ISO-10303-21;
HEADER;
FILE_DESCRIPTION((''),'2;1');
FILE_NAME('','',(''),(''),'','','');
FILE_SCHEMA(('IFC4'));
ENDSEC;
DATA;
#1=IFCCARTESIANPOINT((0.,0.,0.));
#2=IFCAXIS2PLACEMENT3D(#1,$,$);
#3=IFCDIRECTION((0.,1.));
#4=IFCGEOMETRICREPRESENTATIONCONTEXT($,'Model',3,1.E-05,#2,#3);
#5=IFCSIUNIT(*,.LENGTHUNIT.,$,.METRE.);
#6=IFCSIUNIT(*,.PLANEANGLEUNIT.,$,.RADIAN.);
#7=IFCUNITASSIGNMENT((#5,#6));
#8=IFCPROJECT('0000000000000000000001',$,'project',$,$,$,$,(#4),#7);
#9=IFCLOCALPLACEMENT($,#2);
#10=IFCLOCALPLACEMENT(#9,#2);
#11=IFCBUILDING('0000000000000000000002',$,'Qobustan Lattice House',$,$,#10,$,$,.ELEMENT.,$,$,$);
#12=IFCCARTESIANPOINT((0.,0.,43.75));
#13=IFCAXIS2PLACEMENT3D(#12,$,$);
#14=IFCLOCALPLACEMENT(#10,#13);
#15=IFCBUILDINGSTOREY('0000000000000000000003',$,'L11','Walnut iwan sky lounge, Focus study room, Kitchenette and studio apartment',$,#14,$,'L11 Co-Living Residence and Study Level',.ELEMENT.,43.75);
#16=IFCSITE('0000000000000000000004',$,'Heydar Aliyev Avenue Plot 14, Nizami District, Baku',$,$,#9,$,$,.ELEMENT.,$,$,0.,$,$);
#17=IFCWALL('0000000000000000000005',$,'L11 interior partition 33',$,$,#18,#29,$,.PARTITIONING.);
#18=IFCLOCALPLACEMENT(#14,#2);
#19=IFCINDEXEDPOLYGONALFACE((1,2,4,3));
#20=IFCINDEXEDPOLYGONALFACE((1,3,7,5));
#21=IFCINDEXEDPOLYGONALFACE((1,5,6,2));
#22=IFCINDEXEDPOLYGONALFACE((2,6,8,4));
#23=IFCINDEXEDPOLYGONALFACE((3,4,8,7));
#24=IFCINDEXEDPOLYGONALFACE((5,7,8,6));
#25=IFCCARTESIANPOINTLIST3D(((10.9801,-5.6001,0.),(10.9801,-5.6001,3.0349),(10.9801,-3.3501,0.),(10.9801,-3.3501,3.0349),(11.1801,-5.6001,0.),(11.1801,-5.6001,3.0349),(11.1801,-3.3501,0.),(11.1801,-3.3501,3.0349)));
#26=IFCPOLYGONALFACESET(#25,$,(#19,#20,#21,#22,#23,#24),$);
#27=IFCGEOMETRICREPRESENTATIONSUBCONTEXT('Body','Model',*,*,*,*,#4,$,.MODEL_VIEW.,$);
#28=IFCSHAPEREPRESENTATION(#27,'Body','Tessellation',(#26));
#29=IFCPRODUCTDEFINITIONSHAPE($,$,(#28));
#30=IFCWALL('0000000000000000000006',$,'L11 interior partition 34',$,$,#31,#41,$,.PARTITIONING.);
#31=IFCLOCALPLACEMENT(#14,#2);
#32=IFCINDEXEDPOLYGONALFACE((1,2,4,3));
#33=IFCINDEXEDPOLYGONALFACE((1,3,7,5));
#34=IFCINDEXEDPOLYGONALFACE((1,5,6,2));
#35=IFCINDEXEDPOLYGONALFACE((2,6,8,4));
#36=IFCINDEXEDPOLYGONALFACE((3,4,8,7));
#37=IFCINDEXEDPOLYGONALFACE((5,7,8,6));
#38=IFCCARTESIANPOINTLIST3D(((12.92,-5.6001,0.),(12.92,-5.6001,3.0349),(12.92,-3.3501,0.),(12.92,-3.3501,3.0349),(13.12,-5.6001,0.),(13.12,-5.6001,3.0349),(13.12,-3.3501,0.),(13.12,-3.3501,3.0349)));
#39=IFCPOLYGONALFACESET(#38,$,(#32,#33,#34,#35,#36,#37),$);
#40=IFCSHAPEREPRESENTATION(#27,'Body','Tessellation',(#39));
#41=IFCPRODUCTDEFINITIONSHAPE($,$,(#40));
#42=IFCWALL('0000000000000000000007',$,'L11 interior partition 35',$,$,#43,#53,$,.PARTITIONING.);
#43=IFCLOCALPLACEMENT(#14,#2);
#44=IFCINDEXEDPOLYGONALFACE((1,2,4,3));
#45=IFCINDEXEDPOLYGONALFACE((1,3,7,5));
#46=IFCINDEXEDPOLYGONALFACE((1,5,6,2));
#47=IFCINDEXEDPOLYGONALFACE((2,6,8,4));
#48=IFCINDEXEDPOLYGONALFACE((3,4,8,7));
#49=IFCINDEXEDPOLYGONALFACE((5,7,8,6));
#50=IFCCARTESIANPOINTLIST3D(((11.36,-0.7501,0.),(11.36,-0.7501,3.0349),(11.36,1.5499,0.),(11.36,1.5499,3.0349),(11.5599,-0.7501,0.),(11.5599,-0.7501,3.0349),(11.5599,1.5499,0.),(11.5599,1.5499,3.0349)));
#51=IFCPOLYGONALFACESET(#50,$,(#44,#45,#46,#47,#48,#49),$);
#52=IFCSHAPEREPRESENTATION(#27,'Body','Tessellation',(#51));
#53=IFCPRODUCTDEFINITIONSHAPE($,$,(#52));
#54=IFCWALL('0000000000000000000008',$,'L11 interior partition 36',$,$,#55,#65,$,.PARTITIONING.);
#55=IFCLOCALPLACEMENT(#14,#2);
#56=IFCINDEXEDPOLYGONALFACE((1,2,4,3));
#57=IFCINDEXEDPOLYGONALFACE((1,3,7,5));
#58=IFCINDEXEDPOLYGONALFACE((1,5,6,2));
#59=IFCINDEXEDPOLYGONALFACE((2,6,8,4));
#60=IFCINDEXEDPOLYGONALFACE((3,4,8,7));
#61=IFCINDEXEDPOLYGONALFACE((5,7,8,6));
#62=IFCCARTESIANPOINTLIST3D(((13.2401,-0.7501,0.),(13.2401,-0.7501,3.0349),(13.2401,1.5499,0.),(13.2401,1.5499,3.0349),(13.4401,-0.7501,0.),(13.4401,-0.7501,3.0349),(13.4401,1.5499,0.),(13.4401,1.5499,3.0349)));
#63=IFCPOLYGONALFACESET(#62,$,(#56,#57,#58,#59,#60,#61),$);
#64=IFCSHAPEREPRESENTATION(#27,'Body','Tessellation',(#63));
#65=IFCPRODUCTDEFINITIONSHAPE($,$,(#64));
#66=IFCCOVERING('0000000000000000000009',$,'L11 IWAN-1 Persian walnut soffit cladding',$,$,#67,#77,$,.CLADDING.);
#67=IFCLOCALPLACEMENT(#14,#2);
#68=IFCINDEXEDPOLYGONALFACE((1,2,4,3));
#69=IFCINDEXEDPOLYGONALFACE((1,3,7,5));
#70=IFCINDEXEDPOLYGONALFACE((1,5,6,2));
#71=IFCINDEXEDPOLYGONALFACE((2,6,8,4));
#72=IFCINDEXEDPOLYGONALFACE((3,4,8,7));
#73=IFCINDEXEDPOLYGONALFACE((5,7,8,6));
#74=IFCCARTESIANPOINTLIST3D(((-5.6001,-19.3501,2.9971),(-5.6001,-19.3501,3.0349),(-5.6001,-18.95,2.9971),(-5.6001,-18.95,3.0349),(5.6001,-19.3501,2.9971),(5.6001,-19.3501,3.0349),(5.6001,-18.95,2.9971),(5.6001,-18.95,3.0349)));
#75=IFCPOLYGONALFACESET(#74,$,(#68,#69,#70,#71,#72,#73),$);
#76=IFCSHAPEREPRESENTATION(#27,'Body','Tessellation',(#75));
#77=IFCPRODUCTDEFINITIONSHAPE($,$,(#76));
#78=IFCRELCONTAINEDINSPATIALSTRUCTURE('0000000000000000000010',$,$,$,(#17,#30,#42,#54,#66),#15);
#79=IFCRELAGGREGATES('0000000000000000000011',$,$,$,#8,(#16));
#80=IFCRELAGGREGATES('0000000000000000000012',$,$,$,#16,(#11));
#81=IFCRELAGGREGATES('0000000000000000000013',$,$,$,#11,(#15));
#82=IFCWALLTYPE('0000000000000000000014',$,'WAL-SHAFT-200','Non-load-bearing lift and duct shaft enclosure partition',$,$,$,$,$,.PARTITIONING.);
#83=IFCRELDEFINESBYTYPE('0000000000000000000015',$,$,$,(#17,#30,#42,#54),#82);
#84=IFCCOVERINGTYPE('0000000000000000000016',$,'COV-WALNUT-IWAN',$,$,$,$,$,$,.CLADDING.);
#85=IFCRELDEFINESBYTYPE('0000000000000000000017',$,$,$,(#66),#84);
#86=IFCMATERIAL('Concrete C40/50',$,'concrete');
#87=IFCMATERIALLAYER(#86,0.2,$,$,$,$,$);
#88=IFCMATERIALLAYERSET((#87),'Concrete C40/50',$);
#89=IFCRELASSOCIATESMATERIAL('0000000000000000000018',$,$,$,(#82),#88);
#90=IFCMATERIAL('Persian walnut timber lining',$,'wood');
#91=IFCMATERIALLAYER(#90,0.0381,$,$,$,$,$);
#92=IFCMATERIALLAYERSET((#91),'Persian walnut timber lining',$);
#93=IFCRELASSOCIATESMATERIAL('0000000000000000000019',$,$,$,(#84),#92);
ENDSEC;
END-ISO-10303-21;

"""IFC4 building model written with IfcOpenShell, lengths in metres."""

from ifc_helpers import new_model, si_unit, direction, frame, frame_2d, origin, place, context, subcontext, project, spatial, polyline, rectangle, outline, extrude, material, layer, layer_set, type_object, element, save


model = new_model("IFC4")

# Units and contexts
model_context = context("Model", 3, precision=1e-05, world=origin(), true_north=direction((0.0, 1.0)))
body_context = subcontext(model_context, "Body", "Model", "MODEL_VIEW")
ifc_project = project(units=[si_unit("LENGTHUNIT", "METRE"), si_unit("PLANEANGLEUNIT", "RADIAN")], contexts=[model_context])

# Site, building, storey
site_placement = place(None, origin())
site = spatial("IfcSite", under=ifc_project, at=site_placement, Name="Heydar Aliyev Avenue Plot 14, Nizami District, Baku", CompositionType="ELEMENT", RefElevation=0.0)
building_placement = place(site_placement, origin())
building = spatial("IfcBuilding", under=site, at=building_placement, Name="Qobustan Lattice House", CompositionType="ELEMENT")
storey_placement = place(building_placement, frame((0.0, 0.0, 43.75)))
storey = spatial("IfcBuildingStorey", under=building, at=storey_placement, Name="L11", Description="Walnut iwan sky lounge, Focus study room, Kitchenette and studio apartment", LongName="L11 Co-Living Residence and Study Level", CompositionType="ELEMENT", Elevation=43.75)

# Walls
ifc_material_1 = material(Name="Concrete C40/50", Category="concrete")
ifc_layer_1 = layer(ifc_material_1, 0.2)
ifc_layer_set_1 = layer_set([ifc_layer_1], Name="Concrete C40/50")
wall_type_1 = type_object("IfcWallType", Name="WAL-SHAFT-200", Description="Non-load-bearing lift and duct shaft enclosure partition", PredefinedType="PARTITIONING", material=ifc_layer_set_1)
for number, where, z_axis, x_axis, name in (
    (1, (11.0801, -5.6001, 0.0), (0.0, 0.0, 1.0), (0.0, 1.0, 0.0), "L11 interior partition 33"),
    (2, (13.02, -5.6001, 0.0), (0.0, 0.0, 1.0), (0.0, 1.0, 0.0), "L11 interior partition 34"),
):
    element("IfcWall", number, at=place(storey_placement, frame(where, z_axis=z_axis, x_axis=x_axis)), inside=storey, type_object=wall_type_1, Name=name, PredefinedType="PARTITIONING", context=body_context, shape_type="SweptSolid", body=[
        extrude(rectangle(XDim=2.25, YDim=0.2, at=frame_2d((1.125, 0.0))), origin(), (0.0, 0.0, 1.0), 3.0349),
    ])
for number, where, z_axis, x_axis, name in (
    (3, (11.46, -0.75, 0.0), (0.0, 0.0, 1.0), (0.0, 1.0, 0.0), "L11 interior partition 35"),
    (4, (13.3401, -0.75, 0.0), (0.0, 0.0, 1.0), (0.0, 1.0, 0.0), "L11 interior partition 36"),
):
    element("IfcWall", number, at=place(storey_placement, frame(where, z_axis=z_axis, x_axis=x_axis)), inside=storey, type_object=wall_type_1, Name=name, PredefinedType="PARTITIONING", context=body_context, shape_type="SweptSolid", body=[
        extrude(rectangle(XDim=2.3, YDim=0.2, at=frame_2d((1.1499, 0.0))), origin(), (0.0, 0.0, 1.0), 3.0349),
    ])

# Covering
ifc_material_2 = material(Name="Persian walnut timber lining", Category="wood")
ifc_layer_2 = layer(ifc_material_2, 0.0381)
ifc_layer_set_2 = layer_set([ifc_layer_2], Name="Persian walnut timber lining")
covering_type = type_object("IfcCoveringType", Name="COV-WALNUT-IWAN", PredefinedType="CLADDING", material=ifc_layer_set_2)
covering_placement = place(storey_placement, frame((0.0, 0.0, 2.9971)))
element("IfcCovering", 5, at=covering_placement, inside=storey, type_object=covering_type, Name="L11 IWAN-1 Persian walnut soffit cladding", PredefinedType="CLADDING", context=body_context, shape_type="SweptSolid", body=[
    extrude(outline(polyline([(5.6001, -19.3501), (-5.6001, -19.3501), (-5.6001, -18.95), (5.6001, -18.95), (5.6001, -19.3501)])), origin(), (0.0, 0.0, 1.0), 0.0378),
])

save(model, "model.ifc")
